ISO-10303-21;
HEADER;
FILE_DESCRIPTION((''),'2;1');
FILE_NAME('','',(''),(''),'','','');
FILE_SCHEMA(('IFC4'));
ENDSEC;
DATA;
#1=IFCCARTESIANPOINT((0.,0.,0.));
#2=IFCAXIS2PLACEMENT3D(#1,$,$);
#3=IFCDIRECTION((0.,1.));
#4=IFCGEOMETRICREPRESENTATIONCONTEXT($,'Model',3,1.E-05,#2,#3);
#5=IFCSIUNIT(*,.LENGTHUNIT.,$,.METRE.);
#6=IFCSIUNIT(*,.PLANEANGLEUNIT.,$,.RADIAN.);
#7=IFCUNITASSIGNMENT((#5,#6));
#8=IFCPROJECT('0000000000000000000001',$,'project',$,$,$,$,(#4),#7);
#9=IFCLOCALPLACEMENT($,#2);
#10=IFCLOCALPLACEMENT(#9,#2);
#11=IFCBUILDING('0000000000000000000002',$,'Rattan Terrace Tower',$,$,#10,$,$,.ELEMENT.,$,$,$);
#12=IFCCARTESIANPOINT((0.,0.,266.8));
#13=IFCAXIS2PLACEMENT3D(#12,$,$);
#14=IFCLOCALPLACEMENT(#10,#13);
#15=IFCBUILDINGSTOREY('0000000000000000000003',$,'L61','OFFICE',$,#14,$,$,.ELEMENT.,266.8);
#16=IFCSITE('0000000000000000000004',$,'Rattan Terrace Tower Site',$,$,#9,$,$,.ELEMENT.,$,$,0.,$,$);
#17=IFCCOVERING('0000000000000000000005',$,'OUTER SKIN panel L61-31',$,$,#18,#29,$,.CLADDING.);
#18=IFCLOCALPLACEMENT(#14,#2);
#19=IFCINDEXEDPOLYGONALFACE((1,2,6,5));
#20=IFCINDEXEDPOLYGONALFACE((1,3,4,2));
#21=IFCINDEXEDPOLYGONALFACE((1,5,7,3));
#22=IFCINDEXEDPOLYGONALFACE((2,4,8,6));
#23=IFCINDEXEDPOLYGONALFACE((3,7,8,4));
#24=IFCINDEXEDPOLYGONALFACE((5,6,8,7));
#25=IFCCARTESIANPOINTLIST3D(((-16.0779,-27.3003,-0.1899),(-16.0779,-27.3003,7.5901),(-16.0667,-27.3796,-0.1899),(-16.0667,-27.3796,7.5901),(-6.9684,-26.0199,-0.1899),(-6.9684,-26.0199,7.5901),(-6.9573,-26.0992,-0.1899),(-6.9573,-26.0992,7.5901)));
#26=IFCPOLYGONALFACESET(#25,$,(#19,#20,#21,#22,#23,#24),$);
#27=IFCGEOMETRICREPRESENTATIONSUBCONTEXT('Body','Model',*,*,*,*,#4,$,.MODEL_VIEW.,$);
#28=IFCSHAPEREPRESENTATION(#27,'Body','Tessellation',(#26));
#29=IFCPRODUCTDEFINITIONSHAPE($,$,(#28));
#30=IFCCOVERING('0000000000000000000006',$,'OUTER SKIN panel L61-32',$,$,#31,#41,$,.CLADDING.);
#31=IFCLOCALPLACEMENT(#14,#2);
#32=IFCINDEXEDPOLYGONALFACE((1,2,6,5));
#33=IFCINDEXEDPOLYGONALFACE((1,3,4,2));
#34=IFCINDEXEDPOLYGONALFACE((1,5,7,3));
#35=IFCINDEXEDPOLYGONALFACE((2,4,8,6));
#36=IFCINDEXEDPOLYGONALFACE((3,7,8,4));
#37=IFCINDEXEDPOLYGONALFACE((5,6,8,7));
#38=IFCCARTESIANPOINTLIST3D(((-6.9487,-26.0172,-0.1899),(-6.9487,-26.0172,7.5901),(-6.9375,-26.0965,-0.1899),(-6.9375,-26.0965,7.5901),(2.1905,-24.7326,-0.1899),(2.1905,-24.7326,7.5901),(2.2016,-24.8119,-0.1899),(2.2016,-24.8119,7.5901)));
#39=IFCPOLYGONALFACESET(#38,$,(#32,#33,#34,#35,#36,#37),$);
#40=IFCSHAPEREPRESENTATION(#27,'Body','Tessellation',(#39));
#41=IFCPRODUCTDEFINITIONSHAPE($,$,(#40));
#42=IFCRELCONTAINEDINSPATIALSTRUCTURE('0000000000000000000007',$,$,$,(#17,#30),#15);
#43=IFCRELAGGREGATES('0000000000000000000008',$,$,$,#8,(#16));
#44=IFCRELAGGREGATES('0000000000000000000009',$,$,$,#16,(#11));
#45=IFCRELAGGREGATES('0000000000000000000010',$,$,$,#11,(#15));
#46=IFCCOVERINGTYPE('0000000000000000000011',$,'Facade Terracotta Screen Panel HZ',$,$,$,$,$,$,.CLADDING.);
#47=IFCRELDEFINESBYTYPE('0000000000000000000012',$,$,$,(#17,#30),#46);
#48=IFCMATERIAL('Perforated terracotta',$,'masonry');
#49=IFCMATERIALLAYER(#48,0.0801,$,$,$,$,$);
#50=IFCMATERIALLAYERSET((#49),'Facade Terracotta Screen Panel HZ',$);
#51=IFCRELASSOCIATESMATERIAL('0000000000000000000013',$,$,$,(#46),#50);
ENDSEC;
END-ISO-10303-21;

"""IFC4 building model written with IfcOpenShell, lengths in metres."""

from ifc_helpers import new_model, si_unit, direction, frame, origin, origin_2d, place, context, subcontext, project, spatial, rectangle, extrude, material, layer, layer_set, type_object, element, save


model = new_model("IFC4")

# Units and contexts
model_context = context("Model", 3, precision=1e-05, world=origin(), true_north=direction((0.0, 1.0)))
body_context = subcontext(model_context, "Body", "Model", "MODEL_VIEW")
ifc_project = project(units=[si_unit("LENGTHUNIT", "METRE"), si_unit("PLANEANGLEUNIT", "RADIAN")], contexts=[model_context])

# Site, building, storey
site_placement = place(None, origin())
site = spatial("IfcSite", under=ifc_project, at=site_placement, Name="Rattan Terrace Tower Site", CompositionType="ELEMENT", RefElevation=0.0)
building_placement = place(site_placement, origin())
building = spatial("IfcBuilding", under=site, at=building_placement, Name="Rattan Terrace Tower", CompositionType="ELEMENT")
storey_placement = place(building_placement, frame((0.0, 0.0, 266.8)))
storey = spatial("IfcBuildingStorey", under=building, at=storey_placement, Name="L61", Description="OFFICE", CompositionType="ELEMENT", Elevation=266.8)

# Coverings
ifc_material_1 = material(Name="Perforated terracotta", Category="masonry")
ifc_layer_1 = layer(ifc_material_1, 0.0801)
ifc_layer_set_1 = layer_set([ifc_layer_1], Name="Facade Terracotta Screen Panel HZ")
covering_type = type_object("IfcCoveringType", Name="Facade Terracotta Screen Panel HZ", PredefinedType="CLADDING", material=ifc_layer_set_1)
covering_1_placement = place(storey_placement, frame((-11.5176, -26.6997, -0.1899), z_axis=(0.0, 0.0, 1.0), x_axis=(0.990266, 0.139189, 0.0)))
element("IfcCovering", 1, at=covering_1_placement, inside=storey, type_object=covering_type, Name="OUTER SKIN panel L61-31", PredefinedType="CLADDING", context=body_context, shape_type="SweptSolid", body=[
    extrude(rectangle(XDim=9.199, YDim=0.0801, at=origin_2d()), origin(), (0.0, 0.0, 1.0), 7.78),
])
covering_2_placement = place(storey_placement, frame((-2.3735, -25.4146, -0.1899), z_axis=(0.0, 0.0, 1.0), x_axis=(0.990266, 0.139189, 0.0)))
element("IfcCovering", 2, at=covering_2_placement, inside=storey, type_object=covering_type, Name="OUTER SKIN panel L61-32", PredefinedType="CLADDING", context=body_context, shape_type="SweptSolid", body=[
    extrude(rectangle(XDim=9.229, YDim=0.0801, at=origin_2d()), origin(), (0.0, 0.0, 1.0), 7.78),
])

save(model, "model.ifc")
